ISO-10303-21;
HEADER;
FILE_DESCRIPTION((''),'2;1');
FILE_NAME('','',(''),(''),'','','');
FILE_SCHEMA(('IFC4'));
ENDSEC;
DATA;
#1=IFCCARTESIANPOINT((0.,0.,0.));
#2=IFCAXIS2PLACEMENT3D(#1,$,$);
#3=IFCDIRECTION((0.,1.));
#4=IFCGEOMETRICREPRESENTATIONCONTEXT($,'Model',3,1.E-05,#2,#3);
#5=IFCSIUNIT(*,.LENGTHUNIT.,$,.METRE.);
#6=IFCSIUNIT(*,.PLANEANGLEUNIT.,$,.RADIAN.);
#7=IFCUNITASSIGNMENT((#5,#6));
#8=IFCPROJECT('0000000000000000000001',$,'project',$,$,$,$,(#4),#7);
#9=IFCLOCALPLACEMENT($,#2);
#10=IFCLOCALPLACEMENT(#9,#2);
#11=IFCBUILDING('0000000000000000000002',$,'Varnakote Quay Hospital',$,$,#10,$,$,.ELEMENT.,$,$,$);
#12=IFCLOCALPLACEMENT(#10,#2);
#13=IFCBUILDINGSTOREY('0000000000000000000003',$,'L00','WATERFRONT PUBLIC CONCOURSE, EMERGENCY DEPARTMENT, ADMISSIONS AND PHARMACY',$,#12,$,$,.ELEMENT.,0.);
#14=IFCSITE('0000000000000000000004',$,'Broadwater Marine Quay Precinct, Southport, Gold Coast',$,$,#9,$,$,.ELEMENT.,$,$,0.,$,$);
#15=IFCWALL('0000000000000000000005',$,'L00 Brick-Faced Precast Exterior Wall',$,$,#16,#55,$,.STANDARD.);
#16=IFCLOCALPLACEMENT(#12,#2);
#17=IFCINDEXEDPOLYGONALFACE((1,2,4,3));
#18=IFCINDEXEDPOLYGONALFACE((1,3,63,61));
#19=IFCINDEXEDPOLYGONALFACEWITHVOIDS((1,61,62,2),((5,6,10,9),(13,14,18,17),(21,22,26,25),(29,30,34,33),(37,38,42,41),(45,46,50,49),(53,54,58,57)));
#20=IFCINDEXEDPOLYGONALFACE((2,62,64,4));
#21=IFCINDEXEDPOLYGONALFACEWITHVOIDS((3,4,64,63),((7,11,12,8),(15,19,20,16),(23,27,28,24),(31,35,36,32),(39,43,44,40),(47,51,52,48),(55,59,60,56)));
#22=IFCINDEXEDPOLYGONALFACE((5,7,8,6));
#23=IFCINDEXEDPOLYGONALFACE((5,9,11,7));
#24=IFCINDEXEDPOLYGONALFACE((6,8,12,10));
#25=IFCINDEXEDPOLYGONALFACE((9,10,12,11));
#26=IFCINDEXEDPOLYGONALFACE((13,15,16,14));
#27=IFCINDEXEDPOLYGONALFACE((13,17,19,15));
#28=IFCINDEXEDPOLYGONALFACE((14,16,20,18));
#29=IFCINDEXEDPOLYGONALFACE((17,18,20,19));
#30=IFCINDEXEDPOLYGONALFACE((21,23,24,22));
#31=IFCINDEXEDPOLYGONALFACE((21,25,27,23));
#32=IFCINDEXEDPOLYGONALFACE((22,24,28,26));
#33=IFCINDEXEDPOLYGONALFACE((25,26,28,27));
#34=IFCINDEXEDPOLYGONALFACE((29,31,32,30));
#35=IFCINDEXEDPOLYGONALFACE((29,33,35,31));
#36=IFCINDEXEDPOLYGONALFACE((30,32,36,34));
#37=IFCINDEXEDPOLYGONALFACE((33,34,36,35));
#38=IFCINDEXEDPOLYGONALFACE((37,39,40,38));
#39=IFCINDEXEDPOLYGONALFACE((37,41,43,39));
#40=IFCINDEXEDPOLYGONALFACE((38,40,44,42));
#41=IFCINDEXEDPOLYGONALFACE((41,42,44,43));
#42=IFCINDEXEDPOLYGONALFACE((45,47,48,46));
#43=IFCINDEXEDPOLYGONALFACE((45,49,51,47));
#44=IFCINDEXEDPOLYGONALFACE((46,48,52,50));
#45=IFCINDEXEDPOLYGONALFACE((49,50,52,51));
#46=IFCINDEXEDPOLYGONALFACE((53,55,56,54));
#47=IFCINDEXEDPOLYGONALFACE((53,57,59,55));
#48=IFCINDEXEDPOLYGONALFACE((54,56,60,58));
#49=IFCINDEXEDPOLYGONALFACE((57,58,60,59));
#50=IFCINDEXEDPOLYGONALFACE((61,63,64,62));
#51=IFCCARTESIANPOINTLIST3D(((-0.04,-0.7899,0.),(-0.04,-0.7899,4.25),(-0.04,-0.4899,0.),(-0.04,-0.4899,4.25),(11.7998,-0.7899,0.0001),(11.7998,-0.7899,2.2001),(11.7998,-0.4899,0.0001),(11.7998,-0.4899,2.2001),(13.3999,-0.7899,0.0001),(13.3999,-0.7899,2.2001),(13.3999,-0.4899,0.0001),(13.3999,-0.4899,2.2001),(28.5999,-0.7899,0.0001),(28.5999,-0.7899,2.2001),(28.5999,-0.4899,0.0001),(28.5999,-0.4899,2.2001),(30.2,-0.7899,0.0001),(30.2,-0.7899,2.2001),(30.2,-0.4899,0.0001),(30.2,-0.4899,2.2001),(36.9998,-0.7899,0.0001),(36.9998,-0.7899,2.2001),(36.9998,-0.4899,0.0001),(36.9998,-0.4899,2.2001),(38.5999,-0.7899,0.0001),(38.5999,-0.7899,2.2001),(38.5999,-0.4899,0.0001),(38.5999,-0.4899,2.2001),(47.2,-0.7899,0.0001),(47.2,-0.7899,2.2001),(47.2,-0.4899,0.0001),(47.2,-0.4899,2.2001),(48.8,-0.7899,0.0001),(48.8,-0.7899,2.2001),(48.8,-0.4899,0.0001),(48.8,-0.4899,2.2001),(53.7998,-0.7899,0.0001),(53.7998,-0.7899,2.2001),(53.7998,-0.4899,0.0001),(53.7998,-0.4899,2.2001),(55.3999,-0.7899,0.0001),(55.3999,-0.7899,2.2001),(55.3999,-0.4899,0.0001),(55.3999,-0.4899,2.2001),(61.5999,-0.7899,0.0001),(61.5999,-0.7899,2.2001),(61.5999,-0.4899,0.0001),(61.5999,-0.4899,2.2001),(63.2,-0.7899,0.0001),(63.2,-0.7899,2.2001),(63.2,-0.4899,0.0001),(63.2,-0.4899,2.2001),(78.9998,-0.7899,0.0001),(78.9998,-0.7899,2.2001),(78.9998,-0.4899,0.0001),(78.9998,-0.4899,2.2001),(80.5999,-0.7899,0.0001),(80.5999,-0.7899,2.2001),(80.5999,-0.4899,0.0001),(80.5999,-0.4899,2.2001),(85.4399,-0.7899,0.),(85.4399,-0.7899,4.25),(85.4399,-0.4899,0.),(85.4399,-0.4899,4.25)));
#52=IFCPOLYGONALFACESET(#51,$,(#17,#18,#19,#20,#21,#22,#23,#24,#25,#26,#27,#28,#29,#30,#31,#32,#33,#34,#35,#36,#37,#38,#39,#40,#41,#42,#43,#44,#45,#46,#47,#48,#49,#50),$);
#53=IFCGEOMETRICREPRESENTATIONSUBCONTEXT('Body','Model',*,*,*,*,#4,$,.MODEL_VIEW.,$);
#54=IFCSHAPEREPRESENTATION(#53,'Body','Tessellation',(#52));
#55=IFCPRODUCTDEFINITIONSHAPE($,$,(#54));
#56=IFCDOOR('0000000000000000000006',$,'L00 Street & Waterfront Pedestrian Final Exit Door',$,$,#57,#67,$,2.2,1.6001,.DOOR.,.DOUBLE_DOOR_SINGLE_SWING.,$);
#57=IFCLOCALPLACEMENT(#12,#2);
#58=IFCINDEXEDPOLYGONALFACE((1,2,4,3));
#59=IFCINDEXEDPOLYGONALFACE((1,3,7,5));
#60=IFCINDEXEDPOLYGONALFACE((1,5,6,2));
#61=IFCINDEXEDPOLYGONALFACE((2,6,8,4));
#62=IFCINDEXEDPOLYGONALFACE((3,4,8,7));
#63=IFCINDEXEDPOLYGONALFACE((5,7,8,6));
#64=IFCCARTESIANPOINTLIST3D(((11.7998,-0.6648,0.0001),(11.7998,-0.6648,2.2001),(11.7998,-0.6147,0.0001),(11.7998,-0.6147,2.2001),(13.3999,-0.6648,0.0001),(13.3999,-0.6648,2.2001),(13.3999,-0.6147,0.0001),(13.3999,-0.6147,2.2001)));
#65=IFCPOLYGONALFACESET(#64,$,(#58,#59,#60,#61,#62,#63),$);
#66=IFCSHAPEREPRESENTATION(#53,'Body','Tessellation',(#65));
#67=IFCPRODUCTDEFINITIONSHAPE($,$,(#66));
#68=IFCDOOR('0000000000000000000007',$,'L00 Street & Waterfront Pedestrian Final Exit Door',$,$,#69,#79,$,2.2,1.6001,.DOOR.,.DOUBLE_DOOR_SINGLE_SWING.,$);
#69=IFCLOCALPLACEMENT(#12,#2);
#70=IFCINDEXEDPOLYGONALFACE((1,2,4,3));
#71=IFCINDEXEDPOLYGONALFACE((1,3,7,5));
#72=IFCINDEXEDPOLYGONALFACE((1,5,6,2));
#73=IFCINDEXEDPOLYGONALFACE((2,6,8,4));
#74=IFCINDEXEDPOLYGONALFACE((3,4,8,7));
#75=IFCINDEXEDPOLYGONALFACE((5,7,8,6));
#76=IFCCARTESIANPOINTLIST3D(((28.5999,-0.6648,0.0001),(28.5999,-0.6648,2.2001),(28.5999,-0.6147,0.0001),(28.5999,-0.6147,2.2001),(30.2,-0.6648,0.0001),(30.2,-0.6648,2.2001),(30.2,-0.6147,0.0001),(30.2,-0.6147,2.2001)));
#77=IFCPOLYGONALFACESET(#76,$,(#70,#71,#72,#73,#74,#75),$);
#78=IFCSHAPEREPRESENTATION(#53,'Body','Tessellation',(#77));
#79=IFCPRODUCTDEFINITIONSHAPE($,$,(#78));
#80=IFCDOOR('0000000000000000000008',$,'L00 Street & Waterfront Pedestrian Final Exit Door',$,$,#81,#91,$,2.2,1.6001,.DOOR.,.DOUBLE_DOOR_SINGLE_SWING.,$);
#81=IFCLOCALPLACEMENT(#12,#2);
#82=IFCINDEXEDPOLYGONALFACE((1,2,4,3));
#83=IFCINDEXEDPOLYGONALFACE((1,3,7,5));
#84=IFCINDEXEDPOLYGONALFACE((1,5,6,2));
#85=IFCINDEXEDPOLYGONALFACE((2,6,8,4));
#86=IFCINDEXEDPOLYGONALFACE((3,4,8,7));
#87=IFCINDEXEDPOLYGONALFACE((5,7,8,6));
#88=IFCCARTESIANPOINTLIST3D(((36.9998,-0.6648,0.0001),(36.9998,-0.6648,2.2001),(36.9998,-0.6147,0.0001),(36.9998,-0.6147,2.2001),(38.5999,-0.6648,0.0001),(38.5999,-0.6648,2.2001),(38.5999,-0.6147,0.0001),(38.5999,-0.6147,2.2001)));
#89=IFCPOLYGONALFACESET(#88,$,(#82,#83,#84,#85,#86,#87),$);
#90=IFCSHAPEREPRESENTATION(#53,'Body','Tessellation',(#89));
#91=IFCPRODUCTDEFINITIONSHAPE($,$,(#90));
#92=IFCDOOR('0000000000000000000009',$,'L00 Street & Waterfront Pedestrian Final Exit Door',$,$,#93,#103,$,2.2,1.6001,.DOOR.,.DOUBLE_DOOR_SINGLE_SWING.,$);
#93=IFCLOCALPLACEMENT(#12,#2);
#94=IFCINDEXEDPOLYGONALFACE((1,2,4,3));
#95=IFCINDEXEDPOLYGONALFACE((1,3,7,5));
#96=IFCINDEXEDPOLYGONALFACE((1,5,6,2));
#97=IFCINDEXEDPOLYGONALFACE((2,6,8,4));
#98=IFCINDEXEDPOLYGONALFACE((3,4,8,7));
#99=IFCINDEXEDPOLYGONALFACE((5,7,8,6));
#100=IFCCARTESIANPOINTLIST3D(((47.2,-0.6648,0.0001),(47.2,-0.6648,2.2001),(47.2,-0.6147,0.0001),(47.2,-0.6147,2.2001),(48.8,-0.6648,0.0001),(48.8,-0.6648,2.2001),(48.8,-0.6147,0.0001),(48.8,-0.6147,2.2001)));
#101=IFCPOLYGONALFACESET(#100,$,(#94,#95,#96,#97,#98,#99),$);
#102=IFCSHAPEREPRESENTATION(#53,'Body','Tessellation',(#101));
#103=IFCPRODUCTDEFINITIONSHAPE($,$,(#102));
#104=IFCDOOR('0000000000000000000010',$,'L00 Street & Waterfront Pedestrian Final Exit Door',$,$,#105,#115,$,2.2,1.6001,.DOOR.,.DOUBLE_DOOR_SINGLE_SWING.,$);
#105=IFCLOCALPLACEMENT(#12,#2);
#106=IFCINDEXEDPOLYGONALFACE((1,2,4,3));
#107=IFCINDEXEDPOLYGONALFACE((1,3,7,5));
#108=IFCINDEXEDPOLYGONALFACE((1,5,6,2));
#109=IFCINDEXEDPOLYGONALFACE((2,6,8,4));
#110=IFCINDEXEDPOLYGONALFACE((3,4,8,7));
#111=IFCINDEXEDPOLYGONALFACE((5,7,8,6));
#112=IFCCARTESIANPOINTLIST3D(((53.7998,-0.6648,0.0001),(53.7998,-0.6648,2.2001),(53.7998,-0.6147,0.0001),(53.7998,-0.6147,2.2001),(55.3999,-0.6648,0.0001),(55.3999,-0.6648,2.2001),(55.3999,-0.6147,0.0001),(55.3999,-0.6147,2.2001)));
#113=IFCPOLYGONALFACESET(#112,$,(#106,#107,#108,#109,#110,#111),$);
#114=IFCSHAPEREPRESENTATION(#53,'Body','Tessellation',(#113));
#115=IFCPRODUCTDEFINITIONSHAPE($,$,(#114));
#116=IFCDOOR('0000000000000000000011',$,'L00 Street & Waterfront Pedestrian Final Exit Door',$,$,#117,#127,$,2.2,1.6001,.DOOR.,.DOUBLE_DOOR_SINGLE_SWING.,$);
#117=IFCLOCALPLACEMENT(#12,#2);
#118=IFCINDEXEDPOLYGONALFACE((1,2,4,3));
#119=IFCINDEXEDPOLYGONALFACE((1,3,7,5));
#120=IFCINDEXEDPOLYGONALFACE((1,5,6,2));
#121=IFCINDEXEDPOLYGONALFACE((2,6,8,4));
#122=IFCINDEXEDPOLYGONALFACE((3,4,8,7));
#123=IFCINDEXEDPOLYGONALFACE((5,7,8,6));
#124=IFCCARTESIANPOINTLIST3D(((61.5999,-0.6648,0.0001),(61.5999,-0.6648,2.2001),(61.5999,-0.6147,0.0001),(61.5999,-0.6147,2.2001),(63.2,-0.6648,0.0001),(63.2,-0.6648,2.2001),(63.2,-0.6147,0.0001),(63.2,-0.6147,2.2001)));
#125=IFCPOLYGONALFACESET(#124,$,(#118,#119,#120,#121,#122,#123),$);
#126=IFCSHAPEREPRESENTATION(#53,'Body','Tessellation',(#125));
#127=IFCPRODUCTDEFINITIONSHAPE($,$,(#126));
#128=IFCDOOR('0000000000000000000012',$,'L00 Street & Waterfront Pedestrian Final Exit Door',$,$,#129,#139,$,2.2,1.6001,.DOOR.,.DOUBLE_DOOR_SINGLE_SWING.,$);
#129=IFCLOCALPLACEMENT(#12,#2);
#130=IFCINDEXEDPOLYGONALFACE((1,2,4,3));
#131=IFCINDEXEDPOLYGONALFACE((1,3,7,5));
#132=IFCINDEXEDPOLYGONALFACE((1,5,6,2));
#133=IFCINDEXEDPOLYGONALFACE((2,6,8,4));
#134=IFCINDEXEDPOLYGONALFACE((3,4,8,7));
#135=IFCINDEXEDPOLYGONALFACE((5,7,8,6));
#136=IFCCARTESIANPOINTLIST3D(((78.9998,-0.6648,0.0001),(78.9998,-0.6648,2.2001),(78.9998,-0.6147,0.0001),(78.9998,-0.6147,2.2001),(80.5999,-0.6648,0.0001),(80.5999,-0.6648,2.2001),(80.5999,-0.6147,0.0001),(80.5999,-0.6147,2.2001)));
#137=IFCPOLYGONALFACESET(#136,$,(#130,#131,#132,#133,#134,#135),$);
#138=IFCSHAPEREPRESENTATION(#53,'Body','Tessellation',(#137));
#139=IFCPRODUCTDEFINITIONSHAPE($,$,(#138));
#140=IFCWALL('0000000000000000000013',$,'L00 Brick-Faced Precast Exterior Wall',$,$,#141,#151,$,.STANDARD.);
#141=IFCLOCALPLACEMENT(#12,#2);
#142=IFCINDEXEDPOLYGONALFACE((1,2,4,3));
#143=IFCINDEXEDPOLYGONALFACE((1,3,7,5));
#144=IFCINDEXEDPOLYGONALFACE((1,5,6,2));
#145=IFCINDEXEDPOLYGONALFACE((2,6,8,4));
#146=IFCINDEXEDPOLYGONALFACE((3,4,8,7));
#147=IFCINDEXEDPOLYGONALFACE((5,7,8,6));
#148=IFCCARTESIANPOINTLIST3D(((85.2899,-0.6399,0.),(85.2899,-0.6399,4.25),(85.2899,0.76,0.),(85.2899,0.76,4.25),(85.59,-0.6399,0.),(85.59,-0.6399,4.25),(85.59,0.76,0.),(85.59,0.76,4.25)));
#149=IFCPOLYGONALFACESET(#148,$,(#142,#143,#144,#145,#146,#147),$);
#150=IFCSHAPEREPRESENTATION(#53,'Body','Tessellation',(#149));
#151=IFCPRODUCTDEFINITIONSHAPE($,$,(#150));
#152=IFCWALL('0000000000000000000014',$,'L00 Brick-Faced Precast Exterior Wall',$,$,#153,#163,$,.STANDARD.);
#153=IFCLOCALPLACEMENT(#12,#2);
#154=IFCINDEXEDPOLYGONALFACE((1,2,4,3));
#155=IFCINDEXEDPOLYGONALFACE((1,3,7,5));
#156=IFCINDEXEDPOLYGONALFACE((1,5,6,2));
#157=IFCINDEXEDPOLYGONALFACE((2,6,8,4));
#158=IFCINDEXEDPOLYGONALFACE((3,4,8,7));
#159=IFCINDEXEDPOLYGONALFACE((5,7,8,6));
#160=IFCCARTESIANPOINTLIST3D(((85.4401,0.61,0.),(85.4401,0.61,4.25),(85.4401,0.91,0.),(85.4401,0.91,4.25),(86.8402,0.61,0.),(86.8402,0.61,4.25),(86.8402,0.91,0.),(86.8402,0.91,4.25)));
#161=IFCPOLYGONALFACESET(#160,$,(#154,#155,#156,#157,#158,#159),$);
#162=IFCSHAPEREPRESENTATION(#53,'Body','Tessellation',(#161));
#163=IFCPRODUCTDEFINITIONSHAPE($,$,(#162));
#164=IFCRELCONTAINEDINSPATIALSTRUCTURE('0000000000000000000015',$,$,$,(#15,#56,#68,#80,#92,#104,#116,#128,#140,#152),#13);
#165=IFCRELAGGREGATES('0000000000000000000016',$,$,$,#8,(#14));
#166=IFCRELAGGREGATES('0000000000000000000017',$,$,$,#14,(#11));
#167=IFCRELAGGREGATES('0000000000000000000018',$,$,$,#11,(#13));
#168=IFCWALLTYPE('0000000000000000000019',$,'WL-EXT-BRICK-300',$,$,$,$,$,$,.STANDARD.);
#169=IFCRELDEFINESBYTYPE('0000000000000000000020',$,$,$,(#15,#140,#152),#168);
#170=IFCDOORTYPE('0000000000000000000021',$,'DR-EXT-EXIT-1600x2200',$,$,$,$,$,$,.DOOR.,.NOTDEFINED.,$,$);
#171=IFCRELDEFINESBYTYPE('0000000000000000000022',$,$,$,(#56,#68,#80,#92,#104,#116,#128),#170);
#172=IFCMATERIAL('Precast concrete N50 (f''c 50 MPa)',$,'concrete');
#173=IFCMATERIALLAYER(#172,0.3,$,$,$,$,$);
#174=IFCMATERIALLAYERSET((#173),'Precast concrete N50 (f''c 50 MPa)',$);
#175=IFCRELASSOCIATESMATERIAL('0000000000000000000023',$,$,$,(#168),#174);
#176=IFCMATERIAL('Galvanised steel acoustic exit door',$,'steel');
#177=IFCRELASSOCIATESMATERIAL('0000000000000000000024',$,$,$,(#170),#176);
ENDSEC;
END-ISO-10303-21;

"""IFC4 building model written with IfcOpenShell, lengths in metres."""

from ifc_helpers import new_model, si_unit, direction, frame, frame_2d, origin, place, context, subcontext, project, spatial, rectangle, extrude, material, layer, layer_set, type_object, element, fill, save


model = new_model("IFC4")

# Units and contexts
model_context = context("Model", 3, precision=1e-05, world=origin(), true_north=direction((0.0, 1.0)))
body_context = subcontext(model_context, "Body", "Model", "MODEL_VIEW")
ifc_project = project(units=[si_unit("LENGTHUNIT", "METRE"), si_unit("PLANEANGLEUNIT", "RADIAN")], contexts=[model_context])

# Site, building, storey
site_placement = place(None, origin())
site = spatial("IfcSite", under=ifc_project, at=site_placement, Name="Broadwater Marine Quay Precinct, Southport, Gold Coast", CompositionType="ELEMENT", RefElevation=0.0)
building_placement = place(site_placement, origin())
building = spatial("IfcBuilding", under=site, at=building_placement, Name="Varnakote Quay Hospital", CompositionType="ELEMENT")
storey_placement = place(building_placement, origin())
storey = spatial("IfcBuildingStorey", under=building, at=storey_placement, Name="L00", Description="WATERFRONT PUBLIC CONCOURSE, EMERGENCY DEPARTMENT, ADMISSIONS AND PHARMACY", CompositionType="ELEMENT", Elevation=0.0)

# Wall, openings, doors
ifc_material_1 = material(Name="Precast concrete N50 (f'c 50 MPa)", Category="concrete")
ifc_layer_1 = layer(ifc_material_1, 0.3)
ifc_layer_set_1 = layer_set([ifc_layer_1], Name="Precast concrete N50 (f'c 50 MPa)")
wall_type = type_object("IfcWallType", Name="WL-EXT-BRICK-300", PredefinedType="STANDARD", material=ifc_layer_set_1)
wall_1_placement = place(storey_placement, frame((85.4399, -0.6399, 0.0), z_axis=(0.0, 0.0, 1.0), x_axis=(-1.0, 0.0, 0.0)))
wall_1 = element("IfcWall", 1, at=wall_1_placement, inside=storey, type_object=wall_type, Name="L00 Brick-Faced Precast Exterior Wall", PredefinedType="STANDARD", context=body_context, shape_type="SweptSolid", body=[
    extrude(rectangle(XDim=85.48, YDim=0.3, at=frame_2d((42.74, 0.0))), origin(), (0.0, 0.0, 1.0), 4.25),
])
opening_1_placement = place(wall_1_placement, frame((72.04, 0.0, 0.0)))
opening_1 = element("IfcOpeningElement", 2, at=opening_1_placement, cuts=wall_1, PredefinedType="OPENING", context=body_context, shape_type="SweptSolid", body=[
    extrude(rectangle(XDim=1.6001, YDim=2.2, at=frame_2d((0.8, 1.1001))), frame((0.0, 0.1599, 0.0), z_axis=(0.0, -1.0, 0.0), x_axis=(1.0, 0.0, 0.0)), (0.0, 0.0, 1.0), 0.3201),
])
opening_2_placement = place(wall_1_placement, frame((55.24, 0.0, 0.0)))
opening_2 = element("IfcOpeningElement", 3, at=opening_2_placement, cuts=wall_1, PredefinedType="OPENING", context=body_context, shape_type="SweptSolid", body=[
    extrude(rectangle(XDim=1.6001, YDim=2.2, at=frame_2d((0.8, 1.1001))), frame((0.0, 0.1599, 0.0), z_axis=(0.0, -1.0, 0.0), x_axis=(1.0, 0.0, 0.0)), (0.0, 0.0, 1.0), 0.3201),
])
opening_3_placement = place(wall_1_placement, frame((46.8401, 0.0, 0.0)))
opening_3 = element("IfcOpeningElement", 4, at=opening_3_placement, cuts=wall_1, PredefinedType="OPENING", context=body_context, shape_type="SweptSolid", body=[
    extrude(rectangle(XDim=1.6001, YDim=2.2, at=frame_2d((0.8, 1.1001))), frame((0.0, 0.1599, 0.0), z_axis=(0.0, -1.0, 0.0), x_axis=(1.0, 0.0, 0.0)), (0.0, 0.0, 1.0), 0.3201),
])
opening_4_placement = place(wall_1_placement, frame((36.6399, 0.0, 0.0)))
opening_4 = element("IfcOpeningElement", 5, at=opening_4_placement, cuts=wall_1, PredefinedType="OPENING", context=body_context, shape_type="SweptSolid", body=[
    extrude(rectangle(XDim=1.6001, YDim=2.2, at=frame_2d((0.8, 1.1001))), frame((0.0, 0.1599, 0.0), z_axis=(0.0, -1.0, 0.0), x_axis=(1.0, 0.0, 0.0)), (0.0, 0.0, 1.0), 0.3201),
])
opening_5_placement = place(wall_1_placement, frame((30.04, 0.0, 0.0)))
opening_5 = element("IfcOpeningElement", 6, at=opening_5_placement, cuts=wall_1, PredefinedType="OPENING", context=body_context, shape_type="SweptSolid", body=[
    extrude(rectangle(XDim=1.6001, YDim=2.2, at=frame_2d((0.8, 1.1001))), frame((0.0, 0.1599, 0.0), z_axis=(0.0, -1.0, 0.0), x_axis=(1.0, 0.0, 0.0)), (0.0, 0.0, 1.0), 0.3201),
])
opening_6_placement = place(wall_1_placement, frame((22.24, 0.0, 0.0)))
opening_6 = element("IfcOpeningElement", 7, at=opening_6_placement, cuts=wall_1, PredefinedType="OPENING", context=body_context, shape_type="SweptSolid", body=[
    extrude(rectangle(XDim=1.6001, YDim=2.2, at=frame_2d((0.8, 1.1001))), frame((0.0, 0.1599, 0.0), z_axis=(0.0, -1.0, 0.0), x_axis=(1.0, 0.0, 0.0)), (0.0, 0.0, 1.0), 0.3201),
])
opening_7_placement = place(wall_1_placement, frame((4.8401, 0.0, 0.0)))
opening_7 = element("IfcOpeningElement", 8, at=opening_7_placement, cuts=wall_1, PredefinedType="OPENING", context=body_context, shape_type="SweptSolid", body=[
    extrude(rectangle(XDim=1.6001, YDim=2.2, at=frame_2d((0.8, 1.1001))), frame((0.0, 0.1599, 0.0), z_axis=(0.0, -1.0, 0.0), x_axis=(1.0, 0.0, 0.0)), (0.0, 0.0, 1.0), 0.3201),
])
ifc_material_2 = material(Name="Galvanised steel acoustic exit door", Category="steel")
door_type = type_object("IfcDoorType", Name="DR-EXT-EXIT-1600x2200", OperationType="NOTDEFINED", PredefinedType="DOOR", material=ifc_material_2)
door_1_placement = place(opening_1_placement, origin())
door_1 = element("IfcDoor", 9, at=door_1_placement, inside=storey, type_object=door_type, Name="L00 Street & Waterfront Pedestrian Final Exit Door", OperationType="DOUBLE_DOOR_SINGLE_SWING", OverallHeight=2.2, OverallWidth=1.6001, PredefinedType="DOOR", context=body_context, shape_type="SweptSolid", body=[
    extrude(rectangle(XDim=1.6001, YDim=2.2, at=frame_2d((0.8, 1.1001))), frame((0.0, 0.0249, 0.0), z_axis=(0.0, -1.0, 0.0), x_axis=(1.0, 0.0, 0.0)), (0.0, 0.0, 1.0), 0.05),
])
fill(opening_1, door_1)
door_2_placement = place(opening_2_placement, origin())
door_2 = element("IfcDoor", 10, at=door_2_placement, inside=storey, type_object=door_type, Name="L00 Street & Waterfront Pedestrian Final Exit Door", OperationType="DOUBLE_DOOR_SINGLE_SWING", OverallHeight=2.2, OverallWidth=1.6001, PredefinedType="DOOR", context=body_context, shape_type="SweptSolid", body=[
    extrude(rectangle(XDim=1.6001, YDim=2.2, at=frame_2d((0.8, 1.1001))), frame((0.0, 0.0249, 0.0), z_axis=(0.0, -1.0, 0.0), x_axis=(1.0, 0.0, 0.0)), (0.0, 0.0, 1.0), 0.05),
])
fill(opening_2, door_2)
door_3_placement = place(opening_3_placement, origin())
door_3 = element("IfcDoor", 11, at=door_3_placement, inside=storey, type_object=door_type, Name="L00 Street & Waterfront Pedestrian Final Exit Door", OperationType="DOUBLE_DOOR_SINGLE_SWING", OverallHeight=2.2, OverallWidth=1.6001, PredefinedType="DOOR", context=body_context, shape_type="SweptSolid", body=[
    extrude(rectangle(XDim=1.6001, YDim=2.2, at=frame_2d((0.8, 1.1001))), frame((0.0, 0.0249, 0.0), z_axis=(0.0, -1.0, 0.0), x_axis=(1.0, 0.0, 0.0)), (0.0, 0.0, 1.0), 0.05),
])
fill(opening_3, door_3)
door_4_placement = place(opening_4_placement, origin())
door_4 = element("IfcDoor", 12, at=door_4_placement, inside=storey, type_object=door_type, Name="L00 Street & Waterfront Pedestrian Final Exit Door", OperationType="DOUBLE_DOOR_SINGLE_SWING", OverallHeight=2.2, OverallWidth=1.6001, PredefinedType="DOOR", context=body_context, shape_type="SweptSolid", body=[
    extrude(rectangle(XDim=1.6001, YDim=2.2, at=frame_2d((0.8, 1.1001))), frame((0.0, 0.0249, 0.0), z_axis=(0.0, -1.0, 0.0), x_axis=(1.0, 0.0, 0.0)), (0.0, 0.0, 1.0), 0.05),
])
fill(opening_4, door_4)
door_5_placement = place(opening_5_placement, origin())
door_5 = element("IfcDoor", 13, at=door_5_placement, inside=storey, type_object=door_type, Name="L00 Street & Waterfront Pedestrian Final Exit Door", OperationType="DOUBLE_DOOR_SINGLE_SWING", OverallHeight=2.2, OverallWidth=1.6001, PredefinedType="DOOR", context=body_context, shape_type="SweptSolid", body=[
    extrude(rectangle(XDim=1.6001, YDim=2.2, at=frame_2d((0.8, 1.1001))), frame((0.0, 0.0249, 0.0), z_axis=(0.0, -1.0, 0.0), x_axis=(1.0, 0.0, 0.0)), (0.0, 0.0, 1.0), 0.05),
])
fill(opening_5, door_5)
door_6_placement = place(opening_6_placement, origin())
door_6 = element("IfcDoor", 14, at=door_6_placement, inside=storey, type_object=door_type, Name="L00 Street & Waterfront Pedestrian Final Exit Door", OperationType="DOUBLE_DOOR_SINGLE_SWING", OverallHeight=2.2, OverallWidth=1.6001, PredefinedType="DOOR", context=body_context, shape_type="SweptSolid", body=[
    extrude(rectangle(XDim=1.6001, YDim=2.2, at=frame_2d((0.8, 1.1001))), frame((0.0, 0.0249, 0.0), z_axis=(0.0, -1.0, 0.0), x_axis=(1.0, 0.0, 0.0)), (0.0, 0.0, 1.0), 0.05),
])
fill(opening_6, door_6)
door_7_placement = place(opening_7_placement, origin())
door_7 = element("IfcDoor", 15, at=door_7_placement, inside=storey, type_object=door_type, Name="L00 Street & Waterfront Pedestrian Final Exit Door", OperationType="DOUBLE_DOOR_SINGLE_SWING", OverallHeight=2.2, OverallWidth=1.6001, PredefinedType="DOOR", context=body_context, shape_type="SweptSolid", body=[
    extrude(rectangle(XDim=1.6001, YDim=2.2, at=frame_2d((0.8, 1.1001))), frame((0.0, 0.0249, 0.0), z_axis=(0.0, -1.0, 0.0), x_axis=(1.0, 0.0, 0.0)), (0.0, 0.0, 1.0), 0.05),
])
fill(opening_7, door_7)

# Walls
wall_2_placement = place(storey_placement, frame((85.4399, -0.6399, 0.0), z_axis=(0.0, 0.0, 1.0), x_axis=(0.0, 1.0, 0.0)))
element("IfcWall", 16, at=wall_2_placement, inside=storey, type_object=wall_type, Name="L00 Brick-Faced Precast Exterior Wall", PredefinedType="STANDARD", context=body_context, shape_type="SweptSolid", body=[
    extrude(rectangle(XDim=1.3999, YDim=0.3, at=frame_2d((0.7, 0.0))), origin(), (0.0, 0.0, 1.0), 4.25),
])
wall_3_placement = place(storey_placement, frame((85.4399, 0.76, 0.0), z_axis=(0.0, 0.0, 1.0), x_axis=(1.0, 0.0, 0.0)))
element("IfcWall", 17, at=wall_3_placement, inside=storey, type_object=wall_type, Name="L00 Brick-Faced Precast Exterior Wall", PredefinedType="STANDARD", context=body_context, shape_type="SweptSolid", body=[
    extrude(rectangle(XDim=1.4001, YDim=0.3, at=frame_2d((0.7002, 0.0))), origin(), (0.0, 0.0, 1.0), 4.25),
])

save(model, "model.ifc")
